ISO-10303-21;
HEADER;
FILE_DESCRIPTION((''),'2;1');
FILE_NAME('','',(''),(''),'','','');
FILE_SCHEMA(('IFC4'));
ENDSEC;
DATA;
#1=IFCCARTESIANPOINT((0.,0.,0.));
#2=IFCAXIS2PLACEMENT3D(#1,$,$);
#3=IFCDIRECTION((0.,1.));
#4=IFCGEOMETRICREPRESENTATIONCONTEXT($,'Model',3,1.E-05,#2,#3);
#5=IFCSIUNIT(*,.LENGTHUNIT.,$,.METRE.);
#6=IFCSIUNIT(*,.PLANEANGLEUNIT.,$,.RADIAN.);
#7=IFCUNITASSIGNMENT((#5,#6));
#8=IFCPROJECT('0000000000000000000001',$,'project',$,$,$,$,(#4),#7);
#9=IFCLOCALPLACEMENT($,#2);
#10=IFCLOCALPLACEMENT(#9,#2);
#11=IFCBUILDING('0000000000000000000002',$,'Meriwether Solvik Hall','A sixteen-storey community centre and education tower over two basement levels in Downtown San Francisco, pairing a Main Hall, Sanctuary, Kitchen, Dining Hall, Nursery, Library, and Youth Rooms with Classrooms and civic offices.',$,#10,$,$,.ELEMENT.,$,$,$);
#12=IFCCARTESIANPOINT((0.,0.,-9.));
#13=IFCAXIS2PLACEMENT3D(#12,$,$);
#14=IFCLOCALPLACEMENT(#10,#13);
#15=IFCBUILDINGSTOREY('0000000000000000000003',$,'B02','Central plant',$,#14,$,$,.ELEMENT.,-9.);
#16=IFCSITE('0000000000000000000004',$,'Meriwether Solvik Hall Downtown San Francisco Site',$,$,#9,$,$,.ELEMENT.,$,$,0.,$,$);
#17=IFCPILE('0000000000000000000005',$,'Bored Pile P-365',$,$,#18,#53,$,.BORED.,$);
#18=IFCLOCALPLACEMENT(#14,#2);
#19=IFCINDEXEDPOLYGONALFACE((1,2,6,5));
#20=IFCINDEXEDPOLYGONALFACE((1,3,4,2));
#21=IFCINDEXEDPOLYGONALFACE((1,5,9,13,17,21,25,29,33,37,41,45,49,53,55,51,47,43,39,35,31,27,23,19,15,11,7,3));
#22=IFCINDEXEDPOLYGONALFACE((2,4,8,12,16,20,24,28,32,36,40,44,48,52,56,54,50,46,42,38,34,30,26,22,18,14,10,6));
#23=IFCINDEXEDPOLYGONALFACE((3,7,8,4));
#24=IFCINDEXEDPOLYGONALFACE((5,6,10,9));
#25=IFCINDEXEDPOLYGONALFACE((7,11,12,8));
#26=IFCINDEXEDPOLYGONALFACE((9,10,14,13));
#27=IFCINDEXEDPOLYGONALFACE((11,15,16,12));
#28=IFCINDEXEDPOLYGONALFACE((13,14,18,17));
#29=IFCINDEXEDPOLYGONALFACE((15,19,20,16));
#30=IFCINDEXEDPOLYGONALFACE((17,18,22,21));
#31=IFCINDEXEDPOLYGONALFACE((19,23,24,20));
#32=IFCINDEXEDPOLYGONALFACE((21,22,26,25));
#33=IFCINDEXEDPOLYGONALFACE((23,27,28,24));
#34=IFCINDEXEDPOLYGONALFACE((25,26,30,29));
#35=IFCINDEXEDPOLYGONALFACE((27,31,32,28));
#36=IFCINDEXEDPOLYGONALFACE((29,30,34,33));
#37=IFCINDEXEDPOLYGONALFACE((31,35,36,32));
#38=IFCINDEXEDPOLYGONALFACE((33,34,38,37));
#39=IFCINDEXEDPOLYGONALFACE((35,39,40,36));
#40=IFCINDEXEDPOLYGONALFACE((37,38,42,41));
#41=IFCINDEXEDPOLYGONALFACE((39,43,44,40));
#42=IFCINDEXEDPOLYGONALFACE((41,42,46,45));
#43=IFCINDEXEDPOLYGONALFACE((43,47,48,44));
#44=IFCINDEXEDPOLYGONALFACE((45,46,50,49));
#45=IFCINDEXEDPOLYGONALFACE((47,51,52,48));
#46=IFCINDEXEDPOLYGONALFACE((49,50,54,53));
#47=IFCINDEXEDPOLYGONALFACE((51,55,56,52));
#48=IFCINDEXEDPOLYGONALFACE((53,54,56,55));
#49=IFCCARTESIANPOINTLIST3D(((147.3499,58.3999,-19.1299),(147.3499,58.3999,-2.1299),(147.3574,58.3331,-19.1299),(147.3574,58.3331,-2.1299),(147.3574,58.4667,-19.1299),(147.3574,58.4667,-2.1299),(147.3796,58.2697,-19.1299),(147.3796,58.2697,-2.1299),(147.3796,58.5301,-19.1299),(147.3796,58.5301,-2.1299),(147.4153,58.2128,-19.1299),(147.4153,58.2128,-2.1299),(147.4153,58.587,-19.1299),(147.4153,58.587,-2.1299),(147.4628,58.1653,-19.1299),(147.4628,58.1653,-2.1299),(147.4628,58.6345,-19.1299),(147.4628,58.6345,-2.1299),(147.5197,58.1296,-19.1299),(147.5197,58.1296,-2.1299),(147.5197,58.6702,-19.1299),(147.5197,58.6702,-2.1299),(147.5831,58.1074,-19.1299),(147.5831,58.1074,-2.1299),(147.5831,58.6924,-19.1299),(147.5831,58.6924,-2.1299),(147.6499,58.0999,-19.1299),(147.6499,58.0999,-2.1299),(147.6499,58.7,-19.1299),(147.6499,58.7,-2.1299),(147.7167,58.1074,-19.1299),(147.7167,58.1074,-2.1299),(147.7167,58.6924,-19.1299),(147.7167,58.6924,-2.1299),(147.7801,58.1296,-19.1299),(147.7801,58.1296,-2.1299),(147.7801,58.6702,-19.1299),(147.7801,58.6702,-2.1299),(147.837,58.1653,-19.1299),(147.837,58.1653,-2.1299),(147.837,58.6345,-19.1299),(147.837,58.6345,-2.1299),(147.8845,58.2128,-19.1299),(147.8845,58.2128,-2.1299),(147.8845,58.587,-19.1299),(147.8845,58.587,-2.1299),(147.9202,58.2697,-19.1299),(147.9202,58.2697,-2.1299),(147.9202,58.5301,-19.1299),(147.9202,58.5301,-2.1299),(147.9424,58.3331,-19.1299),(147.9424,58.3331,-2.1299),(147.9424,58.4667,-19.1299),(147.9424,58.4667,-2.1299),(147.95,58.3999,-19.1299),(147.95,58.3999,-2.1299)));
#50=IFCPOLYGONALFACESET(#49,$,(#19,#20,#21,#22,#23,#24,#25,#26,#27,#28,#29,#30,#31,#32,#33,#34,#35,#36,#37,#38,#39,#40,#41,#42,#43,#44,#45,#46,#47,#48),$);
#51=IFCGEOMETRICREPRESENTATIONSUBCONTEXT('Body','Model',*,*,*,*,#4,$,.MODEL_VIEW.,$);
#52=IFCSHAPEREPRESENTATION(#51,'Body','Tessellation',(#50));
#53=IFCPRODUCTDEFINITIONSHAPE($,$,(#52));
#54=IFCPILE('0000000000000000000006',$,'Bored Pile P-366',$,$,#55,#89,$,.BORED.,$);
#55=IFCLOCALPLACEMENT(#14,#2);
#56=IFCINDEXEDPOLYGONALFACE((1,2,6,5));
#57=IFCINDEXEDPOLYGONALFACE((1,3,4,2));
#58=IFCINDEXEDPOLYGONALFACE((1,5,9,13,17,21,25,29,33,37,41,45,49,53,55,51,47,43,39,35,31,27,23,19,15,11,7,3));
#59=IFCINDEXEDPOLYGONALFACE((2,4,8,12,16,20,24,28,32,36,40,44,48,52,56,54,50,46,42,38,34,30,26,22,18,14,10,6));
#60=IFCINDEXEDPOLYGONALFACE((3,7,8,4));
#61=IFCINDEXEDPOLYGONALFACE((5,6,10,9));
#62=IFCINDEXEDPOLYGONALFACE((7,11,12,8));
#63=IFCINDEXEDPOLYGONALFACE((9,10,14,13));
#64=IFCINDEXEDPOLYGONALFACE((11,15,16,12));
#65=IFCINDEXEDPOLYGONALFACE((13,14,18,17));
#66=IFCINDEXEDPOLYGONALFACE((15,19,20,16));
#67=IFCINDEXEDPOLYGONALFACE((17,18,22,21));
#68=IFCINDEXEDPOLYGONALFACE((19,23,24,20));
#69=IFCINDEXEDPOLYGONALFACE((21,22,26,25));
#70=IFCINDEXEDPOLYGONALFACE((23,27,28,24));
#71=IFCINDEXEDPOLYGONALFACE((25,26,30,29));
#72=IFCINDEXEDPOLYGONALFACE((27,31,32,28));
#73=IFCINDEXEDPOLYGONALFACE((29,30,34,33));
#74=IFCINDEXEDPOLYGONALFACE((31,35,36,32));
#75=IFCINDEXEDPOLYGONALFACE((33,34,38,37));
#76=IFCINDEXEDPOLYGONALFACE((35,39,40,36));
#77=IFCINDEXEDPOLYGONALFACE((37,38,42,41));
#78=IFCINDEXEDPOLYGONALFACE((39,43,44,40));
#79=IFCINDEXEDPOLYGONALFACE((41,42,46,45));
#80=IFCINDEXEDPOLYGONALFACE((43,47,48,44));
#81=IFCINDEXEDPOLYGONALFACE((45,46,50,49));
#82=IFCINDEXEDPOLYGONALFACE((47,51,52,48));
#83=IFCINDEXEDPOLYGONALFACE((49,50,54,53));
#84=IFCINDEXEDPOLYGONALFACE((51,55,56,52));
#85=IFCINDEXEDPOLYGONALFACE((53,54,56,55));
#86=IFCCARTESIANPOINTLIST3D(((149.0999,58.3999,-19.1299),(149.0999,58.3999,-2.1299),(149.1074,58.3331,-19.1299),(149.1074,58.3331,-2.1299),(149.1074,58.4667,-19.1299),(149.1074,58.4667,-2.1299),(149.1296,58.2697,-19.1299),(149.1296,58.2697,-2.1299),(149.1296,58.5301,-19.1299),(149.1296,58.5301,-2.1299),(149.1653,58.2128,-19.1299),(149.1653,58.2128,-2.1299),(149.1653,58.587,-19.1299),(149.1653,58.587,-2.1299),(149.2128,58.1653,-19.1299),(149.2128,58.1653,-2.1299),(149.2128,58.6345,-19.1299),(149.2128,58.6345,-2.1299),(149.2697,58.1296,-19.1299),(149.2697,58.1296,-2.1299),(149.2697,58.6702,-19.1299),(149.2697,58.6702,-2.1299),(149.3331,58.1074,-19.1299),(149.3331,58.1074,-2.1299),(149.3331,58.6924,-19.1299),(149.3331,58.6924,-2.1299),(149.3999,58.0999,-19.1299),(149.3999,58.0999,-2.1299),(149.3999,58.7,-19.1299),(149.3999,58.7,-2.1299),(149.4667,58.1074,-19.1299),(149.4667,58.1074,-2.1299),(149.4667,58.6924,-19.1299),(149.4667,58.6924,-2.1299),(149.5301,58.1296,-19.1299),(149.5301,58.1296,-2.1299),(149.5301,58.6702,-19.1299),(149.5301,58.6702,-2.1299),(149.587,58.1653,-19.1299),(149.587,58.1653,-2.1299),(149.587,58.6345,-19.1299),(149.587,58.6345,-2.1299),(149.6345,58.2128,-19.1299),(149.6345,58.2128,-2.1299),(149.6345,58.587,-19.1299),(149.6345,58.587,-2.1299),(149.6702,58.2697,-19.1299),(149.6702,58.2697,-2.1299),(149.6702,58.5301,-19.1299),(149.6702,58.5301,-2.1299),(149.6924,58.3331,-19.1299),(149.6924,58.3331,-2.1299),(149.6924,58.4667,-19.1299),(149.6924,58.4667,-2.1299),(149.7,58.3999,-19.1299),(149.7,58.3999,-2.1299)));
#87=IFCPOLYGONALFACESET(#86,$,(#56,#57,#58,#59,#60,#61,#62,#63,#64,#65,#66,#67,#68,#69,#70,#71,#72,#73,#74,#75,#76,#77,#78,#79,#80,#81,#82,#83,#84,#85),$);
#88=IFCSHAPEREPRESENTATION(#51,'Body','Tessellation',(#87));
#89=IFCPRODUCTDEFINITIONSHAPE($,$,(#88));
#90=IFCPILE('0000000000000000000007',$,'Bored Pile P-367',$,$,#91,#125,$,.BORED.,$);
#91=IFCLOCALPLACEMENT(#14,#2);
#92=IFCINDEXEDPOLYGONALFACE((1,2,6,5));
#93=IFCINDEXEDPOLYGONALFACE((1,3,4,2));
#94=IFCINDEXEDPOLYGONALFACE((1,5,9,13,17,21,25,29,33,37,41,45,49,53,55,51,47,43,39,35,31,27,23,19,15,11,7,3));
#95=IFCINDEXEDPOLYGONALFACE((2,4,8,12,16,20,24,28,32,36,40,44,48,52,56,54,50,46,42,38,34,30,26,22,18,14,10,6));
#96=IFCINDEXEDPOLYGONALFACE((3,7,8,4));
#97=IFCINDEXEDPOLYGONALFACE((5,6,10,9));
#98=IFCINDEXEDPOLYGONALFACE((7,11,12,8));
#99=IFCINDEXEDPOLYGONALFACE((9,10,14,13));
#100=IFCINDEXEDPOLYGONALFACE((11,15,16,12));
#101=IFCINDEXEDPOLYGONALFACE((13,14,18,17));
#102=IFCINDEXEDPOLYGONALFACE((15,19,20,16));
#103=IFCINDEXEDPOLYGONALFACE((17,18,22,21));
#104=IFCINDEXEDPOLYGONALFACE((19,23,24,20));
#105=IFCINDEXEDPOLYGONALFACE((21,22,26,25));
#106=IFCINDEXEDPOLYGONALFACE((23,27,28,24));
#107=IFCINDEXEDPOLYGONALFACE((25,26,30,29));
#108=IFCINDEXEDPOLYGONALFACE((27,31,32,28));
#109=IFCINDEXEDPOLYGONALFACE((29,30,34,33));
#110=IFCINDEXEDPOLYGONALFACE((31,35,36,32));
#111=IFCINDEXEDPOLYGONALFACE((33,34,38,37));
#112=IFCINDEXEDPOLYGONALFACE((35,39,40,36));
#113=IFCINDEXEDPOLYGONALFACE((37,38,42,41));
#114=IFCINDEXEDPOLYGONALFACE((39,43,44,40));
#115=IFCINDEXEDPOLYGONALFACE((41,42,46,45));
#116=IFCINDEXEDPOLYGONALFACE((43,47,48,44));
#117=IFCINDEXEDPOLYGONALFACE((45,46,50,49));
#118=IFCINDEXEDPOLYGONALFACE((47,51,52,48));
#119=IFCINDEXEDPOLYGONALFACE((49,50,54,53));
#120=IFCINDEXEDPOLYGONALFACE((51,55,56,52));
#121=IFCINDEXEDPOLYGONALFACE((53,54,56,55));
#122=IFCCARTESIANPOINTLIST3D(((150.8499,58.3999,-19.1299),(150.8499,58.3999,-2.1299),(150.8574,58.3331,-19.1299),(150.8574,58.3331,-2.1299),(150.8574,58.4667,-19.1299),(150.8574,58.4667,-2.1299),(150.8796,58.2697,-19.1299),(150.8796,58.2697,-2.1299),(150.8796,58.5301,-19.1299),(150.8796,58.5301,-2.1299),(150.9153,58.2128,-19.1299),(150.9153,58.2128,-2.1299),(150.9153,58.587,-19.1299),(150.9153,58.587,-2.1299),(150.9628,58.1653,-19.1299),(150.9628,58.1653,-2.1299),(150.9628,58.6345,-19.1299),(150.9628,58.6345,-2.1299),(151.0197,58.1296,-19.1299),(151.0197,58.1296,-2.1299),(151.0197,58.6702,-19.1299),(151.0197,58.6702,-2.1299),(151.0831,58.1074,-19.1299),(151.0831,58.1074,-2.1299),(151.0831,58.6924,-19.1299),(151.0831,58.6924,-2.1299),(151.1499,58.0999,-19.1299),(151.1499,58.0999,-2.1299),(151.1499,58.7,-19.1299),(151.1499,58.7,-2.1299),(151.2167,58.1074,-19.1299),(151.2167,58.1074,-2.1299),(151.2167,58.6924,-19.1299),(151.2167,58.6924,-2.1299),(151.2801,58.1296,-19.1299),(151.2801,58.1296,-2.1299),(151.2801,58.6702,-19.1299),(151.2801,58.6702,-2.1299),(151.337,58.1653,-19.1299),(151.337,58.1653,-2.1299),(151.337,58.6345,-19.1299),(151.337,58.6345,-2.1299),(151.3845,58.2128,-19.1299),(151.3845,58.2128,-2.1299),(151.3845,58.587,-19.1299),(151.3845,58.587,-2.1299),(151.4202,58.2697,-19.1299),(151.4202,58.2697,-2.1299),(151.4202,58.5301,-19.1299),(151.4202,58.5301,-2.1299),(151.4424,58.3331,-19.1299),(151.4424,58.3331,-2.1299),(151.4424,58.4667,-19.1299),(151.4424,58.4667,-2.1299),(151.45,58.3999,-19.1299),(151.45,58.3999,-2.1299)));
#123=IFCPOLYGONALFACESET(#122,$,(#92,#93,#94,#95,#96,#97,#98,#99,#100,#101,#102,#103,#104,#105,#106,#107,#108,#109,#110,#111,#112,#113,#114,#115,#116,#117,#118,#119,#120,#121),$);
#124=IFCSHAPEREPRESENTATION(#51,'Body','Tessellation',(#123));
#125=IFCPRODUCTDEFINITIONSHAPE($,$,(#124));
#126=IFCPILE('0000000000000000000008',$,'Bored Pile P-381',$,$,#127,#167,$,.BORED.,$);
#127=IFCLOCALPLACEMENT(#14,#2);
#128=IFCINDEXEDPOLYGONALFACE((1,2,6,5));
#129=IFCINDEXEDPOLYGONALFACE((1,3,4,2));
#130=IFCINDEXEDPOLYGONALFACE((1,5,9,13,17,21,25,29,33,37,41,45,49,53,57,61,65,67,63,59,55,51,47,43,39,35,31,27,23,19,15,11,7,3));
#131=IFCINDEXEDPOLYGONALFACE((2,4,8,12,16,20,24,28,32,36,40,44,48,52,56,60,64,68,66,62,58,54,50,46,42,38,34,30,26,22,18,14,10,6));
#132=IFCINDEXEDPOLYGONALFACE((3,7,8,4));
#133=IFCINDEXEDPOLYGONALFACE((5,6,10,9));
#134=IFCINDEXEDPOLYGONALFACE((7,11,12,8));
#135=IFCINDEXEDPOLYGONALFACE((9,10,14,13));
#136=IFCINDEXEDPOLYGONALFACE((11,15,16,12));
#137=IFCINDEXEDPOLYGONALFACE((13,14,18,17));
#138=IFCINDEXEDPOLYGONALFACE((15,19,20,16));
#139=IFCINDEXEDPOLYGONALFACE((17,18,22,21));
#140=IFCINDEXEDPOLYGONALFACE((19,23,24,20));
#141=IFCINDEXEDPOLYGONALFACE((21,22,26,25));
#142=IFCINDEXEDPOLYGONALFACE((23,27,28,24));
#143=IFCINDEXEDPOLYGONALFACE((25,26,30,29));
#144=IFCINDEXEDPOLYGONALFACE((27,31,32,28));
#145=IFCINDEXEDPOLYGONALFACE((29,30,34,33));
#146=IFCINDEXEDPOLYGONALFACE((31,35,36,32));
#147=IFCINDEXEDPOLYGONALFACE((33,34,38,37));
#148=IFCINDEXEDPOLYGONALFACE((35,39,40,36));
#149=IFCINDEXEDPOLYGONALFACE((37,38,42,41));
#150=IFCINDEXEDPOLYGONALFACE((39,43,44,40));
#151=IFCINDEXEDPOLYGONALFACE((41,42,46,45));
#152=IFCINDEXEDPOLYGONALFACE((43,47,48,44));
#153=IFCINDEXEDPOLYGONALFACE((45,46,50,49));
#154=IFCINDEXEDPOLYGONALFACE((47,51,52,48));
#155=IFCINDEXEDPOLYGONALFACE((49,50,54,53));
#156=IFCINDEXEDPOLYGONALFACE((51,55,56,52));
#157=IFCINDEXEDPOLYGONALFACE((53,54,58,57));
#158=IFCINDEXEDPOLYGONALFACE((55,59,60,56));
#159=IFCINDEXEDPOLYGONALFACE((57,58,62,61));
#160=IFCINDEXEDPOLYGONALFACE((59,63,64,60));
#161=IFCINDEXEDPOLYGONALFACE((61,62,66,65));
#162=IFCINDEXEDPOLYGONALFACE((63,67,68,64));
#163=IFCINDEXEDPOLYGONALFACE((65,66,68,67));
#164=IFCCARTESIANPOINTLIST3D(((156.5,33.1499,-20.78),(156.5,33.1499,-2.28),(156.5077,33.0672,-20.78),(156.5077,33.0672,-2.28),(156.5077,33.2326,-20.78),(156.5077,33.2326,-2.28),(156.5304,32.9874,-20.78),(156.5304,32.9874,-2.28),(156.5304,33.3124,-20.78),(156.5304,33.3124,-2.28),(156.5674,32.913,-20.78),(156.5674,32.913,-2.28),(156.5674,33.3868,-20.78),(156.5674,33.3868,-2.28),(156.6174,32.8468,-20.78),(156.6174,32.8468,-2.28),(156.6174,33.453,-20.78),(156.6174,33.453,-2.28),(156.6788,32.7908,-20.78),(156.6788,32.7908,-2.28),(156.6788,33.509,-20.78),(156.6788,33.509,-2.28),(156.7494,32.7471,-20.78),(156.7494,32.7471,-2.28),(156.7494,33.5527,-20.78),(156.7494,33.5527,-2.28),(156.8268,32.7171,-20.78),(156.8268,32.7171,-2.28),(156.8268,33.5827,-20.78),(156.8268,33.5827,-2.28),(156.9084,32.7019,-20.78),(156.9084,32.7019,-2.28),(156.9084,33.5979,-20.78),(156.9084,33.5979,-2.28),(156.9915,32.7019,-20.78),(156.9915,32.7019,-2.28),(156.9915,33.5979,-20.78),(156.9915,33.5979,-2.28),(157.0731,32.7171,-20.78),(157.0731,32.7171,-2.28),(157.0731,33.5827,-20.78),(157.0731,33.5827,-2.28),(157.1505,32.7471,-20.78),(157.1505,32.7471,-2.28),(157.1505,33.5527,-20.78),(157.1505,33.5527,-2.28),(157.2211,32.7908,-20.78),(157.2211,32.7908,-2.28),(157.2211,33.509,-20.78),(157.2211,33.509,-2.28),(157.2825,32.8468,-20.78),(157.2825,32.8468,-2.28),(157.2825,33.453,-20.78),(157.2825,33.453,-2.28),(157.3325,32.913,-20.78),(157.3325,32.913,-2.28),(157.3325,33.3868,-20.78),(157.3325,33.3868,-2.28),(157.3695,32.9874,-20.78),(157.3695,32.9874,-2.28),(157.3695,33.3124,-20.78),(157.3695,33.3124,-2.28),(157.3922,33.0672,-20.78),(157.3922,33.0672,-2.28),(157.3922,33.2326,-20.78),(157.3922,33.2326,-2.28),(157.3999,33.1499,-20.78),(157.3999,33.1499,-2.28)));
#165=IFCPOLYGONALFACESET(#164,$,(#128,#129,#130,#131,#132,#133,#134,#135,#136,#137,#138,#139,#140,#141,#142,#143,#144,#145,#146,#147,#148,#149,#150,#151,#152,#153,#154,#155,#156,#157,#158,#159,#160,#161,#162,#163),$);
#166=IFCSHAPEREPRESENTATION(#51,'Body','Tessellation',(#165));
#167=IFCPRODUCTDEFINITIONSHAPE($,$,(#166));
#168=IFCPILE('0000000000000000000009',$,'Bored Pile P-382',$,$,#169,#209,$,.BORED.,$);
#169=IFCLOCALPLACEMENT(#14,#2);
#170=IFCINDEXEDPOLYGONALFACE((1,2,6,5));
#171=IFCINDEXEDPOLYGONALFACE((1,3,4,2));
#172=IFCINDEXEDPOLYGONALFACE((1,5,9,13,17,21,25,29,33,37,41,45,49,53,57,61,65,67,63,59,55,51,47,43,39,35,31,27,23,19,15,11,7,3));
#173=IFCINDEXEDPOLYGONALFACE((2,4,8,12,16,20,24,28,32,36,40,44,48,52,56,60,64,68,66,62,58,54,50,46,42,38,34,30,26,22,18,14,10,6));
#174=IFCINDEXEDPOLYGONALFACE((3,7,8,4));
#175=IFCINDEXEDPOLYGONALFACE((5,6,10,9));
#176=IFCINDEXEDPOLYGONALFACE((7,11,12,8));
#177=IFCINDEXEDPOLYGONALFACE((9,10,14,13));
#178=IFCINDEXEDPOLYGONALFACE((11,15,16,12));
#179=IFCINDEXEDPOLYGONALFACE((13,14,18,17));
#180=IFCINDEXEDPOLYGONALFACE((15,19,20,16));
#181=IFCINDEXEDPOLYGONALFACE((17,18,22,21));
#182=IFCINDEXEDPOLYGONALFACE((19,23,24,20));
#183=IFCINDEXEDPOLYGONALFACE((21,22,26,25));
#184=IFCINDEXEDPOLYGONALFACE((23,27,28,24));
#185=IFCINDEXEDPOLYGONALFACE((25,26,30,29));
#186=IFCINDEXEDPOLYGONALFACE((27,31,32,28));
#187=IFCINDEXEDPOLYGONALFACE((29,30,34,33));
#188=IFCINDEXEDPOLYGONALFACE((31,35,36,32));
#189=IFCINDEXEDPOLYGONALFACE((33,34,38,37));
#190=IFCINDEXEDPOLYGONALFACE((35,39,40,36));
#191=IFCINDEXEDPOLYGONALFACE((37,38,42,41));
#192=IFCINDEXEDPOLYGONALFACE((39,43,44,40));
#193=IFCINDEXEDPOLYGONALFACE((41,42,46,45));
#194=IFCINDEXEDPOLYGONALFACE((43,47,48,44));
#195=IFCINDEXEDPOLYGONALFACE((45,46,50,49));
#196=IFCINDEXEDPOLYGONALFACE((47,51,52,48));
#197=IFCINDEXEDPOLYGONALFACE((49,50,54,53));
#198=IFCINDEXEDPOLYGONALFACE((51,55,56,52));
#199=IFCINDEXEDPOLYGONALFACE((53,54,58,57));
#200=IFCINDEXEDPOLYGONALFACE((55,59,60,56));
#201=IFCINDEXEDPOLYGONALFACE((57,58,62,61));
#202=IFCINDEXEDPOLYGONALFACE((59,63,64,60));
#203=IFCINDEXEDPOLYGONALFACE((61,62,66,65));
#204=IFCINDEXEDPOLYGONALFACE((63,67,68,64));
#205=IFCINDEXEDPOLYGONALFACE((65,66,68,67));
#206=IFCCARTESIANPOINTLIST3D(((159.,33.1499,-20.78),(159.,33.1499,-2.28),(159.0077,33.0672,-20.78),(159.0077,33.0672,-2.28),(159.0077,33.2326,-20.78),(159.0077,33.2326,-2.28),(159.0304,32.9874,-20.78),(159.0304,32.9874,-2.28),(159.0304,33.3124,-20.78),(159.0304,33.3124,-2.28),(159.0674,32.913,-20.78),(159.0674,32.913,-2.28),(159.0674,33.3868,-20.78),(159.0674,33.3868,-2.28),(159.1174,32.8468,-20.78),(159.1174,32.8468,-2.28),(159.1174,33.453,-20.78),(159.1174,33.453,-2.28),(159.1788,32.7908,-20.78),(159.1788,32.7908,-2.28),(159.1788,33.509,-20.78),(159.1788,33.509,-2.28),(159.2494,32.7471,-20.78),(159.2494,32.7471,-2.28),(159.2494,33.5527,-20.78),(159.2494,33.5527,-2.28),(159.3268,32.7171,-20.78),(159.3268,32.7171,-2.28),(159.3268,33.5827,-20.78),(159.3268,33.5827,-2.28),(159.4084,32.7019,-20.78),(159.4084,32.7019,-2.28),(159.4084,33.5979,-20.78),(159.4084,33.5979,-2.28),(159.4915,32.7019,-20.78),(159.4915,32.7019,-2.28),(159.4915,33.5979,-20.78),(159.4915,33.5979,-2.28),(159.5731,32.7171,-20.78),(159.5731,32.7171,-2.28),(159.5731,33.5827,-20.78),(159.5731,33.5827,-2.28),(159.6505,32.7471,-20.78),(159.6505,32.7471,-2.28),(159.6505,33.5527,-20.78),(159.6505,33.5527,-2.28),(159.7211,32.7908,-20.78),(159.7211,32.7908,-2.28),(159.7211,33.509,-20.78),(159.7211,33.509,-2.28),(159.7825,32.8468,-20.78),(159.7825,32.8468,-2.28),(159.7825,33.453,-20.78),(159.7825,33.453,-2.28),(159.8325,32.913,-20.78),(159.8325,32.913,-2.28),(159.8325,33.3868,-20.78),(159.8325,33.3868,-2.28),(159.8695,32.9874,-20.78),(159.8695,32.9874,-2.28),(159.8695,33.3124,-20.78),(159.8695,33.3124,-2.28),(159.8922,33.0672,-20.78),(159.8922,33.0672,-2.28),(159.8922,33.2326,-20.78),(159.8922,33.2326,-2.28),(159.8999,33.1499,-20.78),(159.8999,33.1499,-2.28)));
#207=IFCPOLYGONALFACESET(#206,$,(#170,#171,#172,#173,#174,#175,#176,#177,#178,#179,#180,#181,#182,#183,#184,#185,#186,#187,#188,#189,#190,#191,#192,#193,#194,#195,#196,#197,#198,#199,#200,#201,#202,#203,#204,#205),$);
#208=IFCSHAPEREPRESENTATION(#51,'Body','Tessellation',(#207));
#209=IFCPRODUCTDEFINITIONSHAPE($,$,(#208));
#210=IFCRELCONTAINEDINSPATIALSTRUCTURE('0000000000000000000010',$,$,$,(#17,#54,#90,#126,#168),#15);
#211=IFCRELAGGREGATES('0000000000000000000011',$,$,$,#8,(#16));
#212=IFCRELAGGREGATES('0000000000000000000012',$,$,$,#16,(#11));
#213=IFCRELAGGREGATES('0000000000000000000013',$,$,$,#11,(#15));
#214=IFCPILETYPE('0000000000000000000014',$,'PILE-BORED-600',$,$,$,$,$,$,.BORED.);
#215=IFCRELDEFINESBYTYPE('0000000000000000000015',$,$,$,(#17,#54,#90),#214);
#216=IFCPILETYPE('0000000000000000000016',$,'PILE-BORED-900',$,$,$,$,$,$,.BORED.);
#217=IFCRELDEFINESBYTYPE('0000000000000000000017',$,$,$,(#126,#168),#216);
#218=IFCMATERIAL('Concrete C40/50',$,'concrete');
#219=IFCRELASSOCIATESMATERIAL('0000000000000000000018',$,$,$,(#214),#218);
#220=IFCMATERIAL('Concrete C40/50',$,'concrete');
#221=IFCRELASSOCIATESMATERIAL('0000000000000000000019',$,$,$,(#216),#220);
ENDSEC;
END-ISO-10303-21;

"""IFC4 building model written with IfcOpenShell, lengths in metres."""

from ifc_helpers import new_model, si_unit, direction, frame, origin, origin_2d, place, context, subcontext, project, spatial, circle, extrude, material, material_profile, profile_set, type_object, element, save


model = new_model("IFC4")

# Units and contexts
model_context = context("Model", 3, precision=1e-05, world=origin(), true_north=direction((0.0, 1.0)))
body_context = subcontext(model_context, "Body", "Model", "MODEL_VIEW")
ifc_project = project(units=[si_unit("LENGTHUNIT", "METRE"), si_unit("PLANEANGLEUNIT", "RADIAN")], contexts=[model_context])

# Site, building, storey
site_placement = place(None, origin())
site = spatial("IfcSite", under=ifc_project, at=site_placement, Name="Meriwether Solvik Hall Downtown San Francisco Site", CompositionType="ELEMENT", RefElevation=0.0)
building_placement = place(site_placement, origin())
building = spatial("IfcBuilding", under=site, at=building_placement, Name="Meriwether Solvik Hall", Description="A sixteen-storey community centre and education tower over two basement levels in Downtown San Francisco, pairing a Main Hall, Sanctuary, Kitchen, Dining Hall, Nursery, Library, and Youth Rooms with Classrooms and civic offices.", CompositionType="ELEMENT")
storey_placement = place(building_placement, frame((0.0, 0.0, -9.0)))
storey = spatial("IfcBuildingStorey", under=building, at=storey_placement, Name="B02", Description="Central plant", CompositionType="ELEMENT", Elevation=-9.0)

# Piles
ifc_material_1 = material(Name="Concrete C40/50", Category="concrete")
ifc_material_profile_1 = material_profile(ifc_material_1, circle(Radius=0.3, at=origin_2d()), Name="PILE-D600")
ifc_profile_set_1 = profile_set([ifc_material_profile_1], Name="Concrete C40/50")
pile_type_1 = type_object("IfcPileType", Name="PILE-BORED-600", PredefinedType="BORED", material=ifc_profile_set_1)
for number, where, z_axis, x_axis, name in (
    (1, (147.6499, 58.3999, -2.1299), (0.0, 0.0, -1.0), (1.0, 0.0, 0.0), "Bored Pile P-365"),
    (2, (149.3999, 58.3999, -2.1299), (0.0, 0.0, -1.0), (1.0, 0.0, 0.0), "Bored Pile P-366"),
    (3, (151.1499, 58.3999, -2.1299), (0.0, 0.0, -1.0), (1.0, 0.0, 0.0), "Bored Pile P-367"),
):
    element("IfcPile", number, at=place(storey_placement, frame(where, z_axis=z_axis, x_axis=x_axis)), inside=storey, type_object=pile_type_1, Name=name, PredefinedType="BORED", context=body_context, shape_type="SweptSolid", body=[
        extrude(circle(Radius=0.3, at=origin_2d()), origin(), (0.0, 0.0, 1.0), 17.0),
    ])
ifc_material_2 = material(Name="Concrete C40/50", Category="concrete")
ifc_material_profile_2 = material_profile(ifc_material_2, circle(Radius=0.45, at=origin_2d()), Name="PILE-D900")
ifc_profile_set_2 = profile_set([ifc_material_profile_2], Name="Concrete C40/50")
pile_type_2 = type_object("IfcPileType", Name="PILE-BORED-900", PredefinedType="BORED", material=ifc_profile_set_2)
for number, where, z_axis, x_axis, name in (
    (4, (156.95, 33.1499, -2.28), (0.0, 0.0, -1.0), (1.0, 0.0, 0.0), "Bored Pile P-381"),
    (5, (159.45, 33.1499, -2.28), (0.0, 0.0, -1.0), (1.0, 0.0, 0.0), "Bored Pile P-382"),
):
    element("IfcPile", number, at=place(storey_placement, frame(where, z_axis=z_axis, x_axis=x_axis)), inside=storey, type_object=pile_type_2, Name=name, PredefinedType="BORED", context=body_context, shape_type="SweptSolid", body=[
        extrude(circle(Radius=0.45, at=origin_2d()), origin(), (0.0, 0.0, 1.0), 18.5),
    ])

save(model, "model.ifc")
